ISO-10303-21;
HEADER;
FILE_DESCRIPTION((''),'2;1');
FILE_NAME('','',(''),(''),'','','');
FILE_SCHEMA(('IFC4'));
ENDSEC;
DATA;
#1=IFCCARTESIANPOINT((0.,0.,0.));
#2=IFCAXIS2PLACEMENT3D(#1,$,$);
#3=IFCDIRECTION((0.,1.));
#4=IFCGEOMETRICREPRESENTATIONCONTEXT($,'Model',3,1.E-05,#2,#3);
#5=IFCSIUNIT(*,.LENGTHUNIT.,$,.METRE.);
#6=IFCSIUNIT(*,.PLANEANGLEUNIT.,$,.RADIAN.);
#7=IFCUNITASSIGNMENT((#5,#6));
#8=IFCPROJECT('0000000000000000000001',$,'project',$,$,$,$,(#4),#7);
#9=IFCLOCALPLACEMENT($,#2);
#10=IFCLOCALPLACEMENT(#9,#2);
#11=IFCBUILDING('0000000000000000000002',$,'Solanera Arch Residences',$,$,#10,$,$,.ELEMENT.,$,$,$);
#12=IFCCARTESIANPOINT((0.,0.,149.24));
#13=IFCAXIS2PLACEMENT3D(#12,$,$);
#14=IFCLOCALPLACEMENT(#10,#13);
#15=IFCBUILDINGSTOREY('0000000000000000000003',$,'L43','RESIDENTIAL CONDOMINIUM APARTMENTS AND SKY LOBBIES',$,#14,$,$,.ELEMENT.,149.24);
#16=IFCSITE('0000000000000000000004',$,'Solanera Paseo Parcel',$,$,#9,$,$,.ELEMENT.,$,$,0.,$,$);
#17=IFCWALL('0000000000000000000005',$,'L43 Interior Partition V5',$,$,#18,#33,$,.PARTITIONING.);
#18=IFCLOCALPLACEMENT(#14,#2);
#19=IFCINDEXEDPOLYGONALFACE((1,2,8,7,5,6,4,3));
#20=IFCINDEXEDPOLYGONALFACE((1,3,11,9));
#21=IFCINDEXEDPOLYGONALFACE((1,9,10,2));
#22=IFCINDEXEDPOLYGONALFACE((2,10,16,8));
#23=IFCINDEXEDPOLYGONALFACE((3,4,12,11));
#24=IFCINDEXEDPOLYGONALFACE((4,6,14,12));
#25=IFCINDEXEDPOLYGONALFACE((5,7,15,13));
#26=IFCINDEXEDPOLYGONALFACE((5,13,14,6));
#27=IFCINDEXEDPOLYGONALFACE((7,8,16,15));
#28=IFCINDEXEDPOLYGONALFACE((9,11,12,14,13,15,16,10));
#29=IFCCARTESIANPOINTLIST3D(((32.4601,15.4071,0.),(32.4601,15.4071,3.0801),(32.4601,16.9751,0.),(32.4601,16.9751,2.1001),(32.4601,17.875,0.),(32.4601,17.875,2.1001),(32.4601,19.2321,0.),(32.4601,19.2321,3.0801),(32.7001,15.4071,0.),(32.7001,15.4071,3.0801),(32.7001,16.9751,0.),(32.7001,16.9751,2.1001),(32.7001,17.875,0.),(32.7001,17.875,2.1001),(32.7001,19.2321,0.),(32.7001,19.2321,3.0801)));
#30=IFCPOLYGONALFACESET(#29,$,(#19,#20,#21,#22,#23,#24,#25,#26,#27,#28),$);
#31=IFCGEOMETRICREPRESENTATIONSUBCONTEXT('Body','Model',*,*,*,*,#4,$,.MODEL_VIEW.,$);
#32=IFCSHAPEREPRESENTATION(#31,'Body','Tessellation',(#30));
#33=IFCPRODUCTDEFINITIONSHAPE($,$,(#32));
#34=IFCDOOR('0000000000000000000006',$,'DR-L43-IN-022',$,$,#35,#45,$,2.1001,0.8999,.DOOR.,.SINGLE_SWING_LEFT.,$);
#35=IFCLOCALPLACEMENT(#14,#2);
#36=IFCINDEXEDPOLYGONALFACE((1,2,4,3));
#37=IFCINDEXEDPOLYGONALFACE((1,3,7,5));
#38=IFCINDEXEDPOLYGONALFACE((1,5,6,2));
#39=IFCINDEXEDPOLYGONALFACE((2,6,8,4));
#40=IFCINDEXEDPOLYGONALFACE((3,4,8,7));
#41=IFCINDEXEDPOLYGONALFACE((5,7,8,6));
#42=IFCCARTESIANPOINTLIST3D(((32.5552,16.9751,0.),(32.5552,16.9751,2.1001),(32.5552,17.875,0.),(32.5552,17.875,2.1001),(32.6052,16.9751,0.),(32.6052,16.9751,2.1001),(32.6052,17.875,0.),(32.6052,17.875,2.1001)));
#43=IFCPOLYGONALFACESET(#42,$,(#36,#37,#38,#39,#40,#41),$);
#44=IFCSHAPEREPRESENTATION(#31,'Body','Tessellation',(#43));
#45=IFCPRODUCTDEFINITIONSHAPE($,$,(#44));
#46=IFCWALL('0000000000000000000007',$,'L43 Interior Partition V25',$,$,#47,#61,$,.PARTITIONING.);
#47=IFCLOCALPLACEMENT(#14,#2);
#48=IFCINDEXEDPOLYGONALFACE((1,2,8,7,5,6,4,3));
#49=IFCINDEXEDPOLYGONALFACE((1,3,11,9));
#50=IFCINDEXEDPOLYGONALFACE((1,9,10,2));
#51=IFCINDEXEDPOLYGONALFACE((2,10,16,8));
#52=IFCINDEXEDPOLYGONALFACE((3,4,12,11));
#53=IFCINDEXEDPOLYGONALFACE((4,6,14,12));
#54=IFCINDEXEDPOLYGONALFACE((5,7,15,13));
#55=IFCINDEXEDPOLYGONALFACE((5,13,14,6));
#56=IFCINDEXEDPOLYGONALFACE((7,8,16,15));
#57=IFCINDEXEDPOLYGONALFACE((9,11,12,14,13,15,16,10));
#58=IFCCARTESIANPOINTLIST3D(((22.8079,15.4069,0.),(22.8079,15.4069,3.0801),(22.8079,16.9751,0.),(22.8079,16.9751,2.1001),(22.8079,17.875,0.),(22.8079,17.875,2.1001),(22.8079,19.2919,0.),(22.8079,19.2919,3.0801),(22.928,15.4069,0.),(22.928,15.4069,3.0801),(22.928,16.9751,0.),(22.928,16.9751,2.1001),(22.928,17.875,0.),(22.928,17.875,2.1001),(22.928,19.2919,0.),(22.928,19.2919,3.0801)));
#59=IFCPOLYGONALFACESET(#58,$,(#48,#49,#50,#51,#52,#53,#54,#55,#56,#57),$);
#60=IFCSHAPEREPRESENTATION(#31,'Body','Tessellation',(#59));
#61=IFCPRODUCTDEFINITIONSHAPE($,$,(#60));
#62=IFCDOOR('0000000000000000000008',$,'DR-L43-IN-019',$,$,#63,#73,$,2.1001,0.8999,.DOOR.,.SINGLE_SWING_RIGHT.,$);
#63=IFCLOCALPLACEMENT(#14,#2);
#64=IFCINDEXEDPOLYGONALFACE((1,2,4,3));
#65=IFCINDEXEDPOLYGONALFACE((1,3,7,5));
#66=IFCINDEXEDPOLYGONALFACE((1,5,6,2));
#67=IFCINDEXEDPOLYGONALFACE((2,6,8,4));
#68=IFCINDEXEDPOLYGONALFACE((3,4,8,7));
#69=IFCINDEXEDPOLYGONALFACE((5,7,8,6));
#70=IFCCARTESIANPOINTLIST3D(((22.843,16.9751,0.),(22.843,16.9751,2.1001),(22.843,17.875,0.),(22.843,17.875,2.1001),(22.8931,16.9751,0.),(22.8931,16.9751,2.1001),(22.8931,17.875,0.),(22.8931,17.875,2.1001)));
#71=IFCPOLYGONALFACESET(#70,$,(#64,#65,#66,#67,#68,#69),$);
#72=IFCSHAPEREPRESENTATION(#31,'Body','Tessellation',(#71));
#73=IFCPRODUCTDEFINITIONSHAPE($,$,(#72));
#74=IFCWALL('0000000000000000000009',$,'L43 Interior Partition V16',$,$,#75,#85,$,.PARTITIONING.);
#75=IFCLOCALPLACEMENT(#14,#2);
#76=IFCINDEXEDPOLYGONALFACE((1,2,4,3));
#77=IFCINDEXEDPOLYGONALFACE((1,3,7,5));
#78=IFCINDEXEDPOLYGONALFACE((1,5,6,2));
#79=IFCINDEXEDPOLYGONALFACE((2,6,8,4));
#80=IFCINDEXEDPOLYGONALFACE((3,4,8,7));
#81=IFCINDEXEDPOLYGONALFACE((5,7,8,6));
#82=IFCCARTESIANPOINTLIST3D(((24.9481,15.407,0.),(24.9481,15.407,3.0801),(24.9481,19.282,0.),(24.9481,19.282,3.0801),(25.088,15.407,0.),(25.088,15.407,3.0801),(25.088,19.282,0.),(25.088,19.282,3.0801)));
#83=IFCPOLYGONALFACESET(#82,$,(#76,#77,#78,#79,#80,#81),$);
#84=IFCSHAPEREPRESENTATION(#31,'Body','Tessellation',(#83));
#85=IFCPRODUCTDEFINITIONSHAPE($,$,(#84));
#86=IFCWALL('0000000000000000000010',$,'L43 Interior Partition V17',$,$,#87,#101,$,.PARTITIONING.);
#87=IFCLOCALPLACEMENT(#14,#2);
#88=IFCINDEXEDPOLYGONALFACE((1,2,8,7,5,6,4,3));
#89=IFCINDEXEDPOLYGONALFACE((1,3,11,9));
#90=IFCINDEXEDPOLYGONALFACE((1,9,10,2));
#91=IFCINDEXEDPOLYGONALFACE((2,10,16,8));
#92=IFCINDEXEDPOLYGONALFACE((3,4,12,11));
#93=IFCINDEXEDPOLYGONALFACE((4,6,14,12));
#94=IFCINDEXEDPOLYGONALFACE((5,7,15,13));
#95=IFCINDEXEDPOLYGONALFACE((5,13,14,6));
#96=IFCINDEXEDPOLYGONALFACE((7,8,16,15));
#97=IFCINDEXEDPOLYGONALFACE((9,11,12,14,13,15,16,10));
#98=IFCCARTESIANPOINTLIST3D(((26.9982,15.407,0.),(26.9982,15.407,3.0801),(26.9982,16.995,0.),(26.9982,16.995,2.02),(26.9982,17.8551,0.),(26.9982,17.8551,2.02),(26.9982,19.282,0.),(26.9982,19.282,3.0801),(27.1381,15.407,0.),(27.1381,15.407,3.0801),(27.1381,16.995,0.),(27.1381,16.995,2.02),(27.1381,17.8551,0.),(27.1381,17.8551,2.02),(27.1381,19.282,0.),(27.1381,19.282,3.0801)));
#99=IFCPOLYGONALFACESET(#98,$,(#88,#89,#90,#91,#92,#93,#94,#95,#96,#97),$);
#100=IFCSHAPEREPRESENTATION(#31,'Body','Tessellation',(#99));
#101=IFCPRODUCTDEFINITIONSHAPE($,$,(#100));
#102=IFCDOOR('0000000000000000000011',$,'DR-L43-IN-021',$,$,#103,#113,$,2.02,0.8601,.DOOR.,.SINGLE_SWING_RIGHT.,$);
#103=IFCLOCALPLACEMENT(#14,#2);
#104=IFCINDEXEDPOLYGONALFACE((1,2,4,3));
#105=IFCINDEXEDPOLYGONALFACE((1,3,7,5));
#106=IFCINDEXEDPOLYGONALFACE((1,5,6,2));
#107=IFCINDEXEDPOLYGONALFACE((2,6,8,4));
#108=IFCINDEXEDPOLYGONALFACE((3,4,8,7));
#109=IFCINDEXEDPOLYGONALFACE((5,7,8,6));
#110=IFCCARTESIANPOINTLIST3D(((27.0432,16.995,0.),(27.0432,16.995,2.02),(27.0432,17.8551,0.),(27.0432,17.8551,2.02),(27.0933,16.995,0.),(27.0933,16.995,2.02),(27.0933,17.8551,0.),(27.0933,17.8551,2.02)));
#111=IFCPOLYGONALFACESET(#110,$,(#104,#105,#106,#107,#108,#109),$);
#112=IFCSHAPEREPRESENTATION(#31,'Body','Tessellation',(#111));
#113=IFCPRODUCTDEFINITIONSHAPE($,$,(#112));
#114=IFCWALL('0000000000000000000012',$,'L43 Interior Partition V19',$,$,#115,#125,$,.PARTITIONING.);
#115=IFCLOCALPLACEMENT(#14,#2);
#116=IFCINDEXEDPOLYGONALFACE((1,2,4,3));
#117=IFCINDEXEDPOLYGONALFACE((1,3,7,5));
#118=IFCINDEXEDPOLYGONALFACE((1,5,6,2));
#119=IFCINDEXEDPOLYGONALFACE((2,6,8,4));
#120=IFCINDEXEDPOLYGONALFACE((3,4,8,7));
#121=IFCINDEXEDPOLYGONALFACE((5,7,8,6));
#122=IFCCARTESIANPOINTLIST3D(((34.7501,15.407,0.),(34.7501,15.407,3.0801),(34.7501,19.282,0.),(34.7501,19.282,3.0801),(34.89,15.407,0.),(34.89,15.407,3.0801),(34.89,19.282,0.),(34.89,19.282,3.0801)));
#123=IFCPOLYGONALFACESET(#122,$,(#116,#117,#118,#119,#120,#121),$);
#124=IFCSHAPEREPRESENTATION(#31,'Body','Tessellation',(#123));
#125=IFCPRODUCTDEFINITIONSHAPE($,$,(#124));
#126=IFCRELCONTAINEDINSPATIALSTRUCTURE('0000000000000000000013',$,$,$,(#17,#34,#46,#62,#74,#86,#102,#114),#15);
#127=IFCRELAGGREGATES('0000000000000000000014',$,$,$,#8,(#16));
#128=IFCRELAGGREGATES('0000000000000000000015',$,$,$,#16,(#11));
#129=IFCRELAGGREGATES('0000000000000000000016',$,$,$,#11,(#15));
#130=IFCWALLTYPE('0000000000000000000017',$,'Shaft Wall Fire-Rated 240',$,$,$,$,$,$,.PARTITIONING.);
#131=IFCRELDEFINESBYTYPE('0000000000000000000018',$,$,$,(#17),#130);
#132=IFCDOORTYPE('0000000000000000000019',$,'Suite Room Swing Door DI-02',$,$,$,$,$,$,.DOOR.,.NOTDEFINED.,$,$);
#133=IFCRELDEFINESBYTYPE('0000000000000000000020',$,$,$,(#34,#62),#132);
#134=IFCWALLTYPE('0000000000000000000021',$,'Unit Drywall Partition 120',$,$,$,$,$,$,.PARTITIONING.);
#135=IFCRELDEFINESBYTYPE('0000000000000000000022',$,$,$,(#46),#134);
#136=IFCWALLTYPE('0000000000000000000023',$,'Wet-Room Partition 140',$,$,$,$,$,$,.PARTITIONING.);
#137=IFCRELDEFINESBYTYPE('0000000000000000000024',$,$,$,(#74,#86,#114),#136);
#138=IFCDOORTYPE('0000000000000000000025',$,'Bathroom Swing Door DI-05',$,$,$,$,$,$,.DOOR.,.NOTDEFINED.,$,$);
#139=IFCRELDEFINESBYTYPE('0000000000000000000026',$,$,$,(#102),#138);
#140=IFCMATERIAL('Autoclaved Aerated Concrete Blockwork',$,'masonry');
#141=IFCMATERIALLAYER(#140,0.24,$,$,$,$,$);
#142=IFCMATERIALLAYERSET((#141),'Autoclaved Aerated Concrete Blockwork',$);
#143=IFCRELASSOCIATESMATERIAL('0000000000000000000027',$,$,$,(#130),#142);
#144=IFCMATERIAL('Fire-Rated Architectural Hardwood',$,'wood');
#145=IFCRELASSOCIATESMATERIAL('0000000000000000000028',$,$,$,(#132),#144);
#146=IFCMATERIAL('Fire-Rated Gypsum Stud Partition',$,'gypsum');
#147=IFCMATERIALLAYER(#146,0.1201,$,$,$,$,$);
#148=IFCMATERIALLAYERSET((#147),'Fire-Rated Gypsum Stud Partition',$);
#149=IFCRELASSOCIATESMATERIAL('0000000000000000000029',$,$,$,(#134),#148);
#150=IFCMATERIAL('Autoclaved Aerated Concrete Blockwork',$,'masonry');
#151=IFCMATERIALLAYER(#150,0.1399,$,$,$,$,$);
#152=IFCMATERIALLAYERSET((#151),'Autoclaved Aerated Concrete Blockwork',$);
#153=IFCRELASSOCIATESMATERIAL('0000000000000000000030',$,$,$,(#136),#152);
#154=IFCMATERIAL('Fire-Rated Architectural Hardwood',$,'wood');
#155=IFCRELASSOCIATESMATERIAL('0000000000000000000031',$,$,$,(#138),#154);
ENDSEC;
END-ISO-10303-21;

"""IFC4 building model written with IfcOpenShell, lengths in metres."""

from ifc_helpers import new_model, si_unit, direction, frame, frame_2d, origin, place, context, subcontext, project, spatial, rectangle, extrude, material, layer, layer_set, type_object, element, fill, save


model = new_model("IFC4")

# Units and contexts
model_context = context("Model", 3, precision=1e-05, world=origin(), true_north=direction((0.0, 1.0)))
body_context = subcontext(model_context, "Body", "Model", "MODEL_VIEW")
ifc_project = project(units=[si_unit("LENGTHUNIT", "METRE"), si_unit("PLANEANGLEUNIT", "RADIAN")], contexts=[model_context])

# Site, building, storey
site_placement = place(None, origin())
site = spatial("IfcSite", under=ifc_project, at=site_placement, Name="Solanera Paseo Parcel", CompositionType="ELEMENT", RefElevation=0.0)
building_placement = place(site_placement, origin())
building = spatial("IfcBuilding", under=site, at=building_placement, Name="Solanera Arch Residences", CompositionType="ELEMENT")
storey_placement = place(building_placement, frame((0.0, 0.0, 149.24)))
storey = spatial("IfcBuildingStorey", under=building, at=storey_placement, Name="L43", Description="RESIDENTIAL CONDOMINIUM APARTMENTS AND SKY LOBBIES", CompositionType="ELEMENT", Elevation=149.24)

# Walls, openings, doors
ifc_material_1 = material(Name="Autoclaved Aerated Concrete Blockwork", Category="masonry")
ifc_layer_1 = layer(ifc_material_1, 0.24)
ifc_layer_set_1 = layer_set([ifc_layer_1], Name="Autoclaved Aerated Concrete Blockwork")
wall_type_1 = type_object("IfcWallType", Name="Shaft Wall Fire-Rated 240", PredefinedType="PARTITIONING", material=ifc_layer_set_1)
wall_1_placement = place(storey_placement, frame((32.5801, 15.407, 0.0), z_axis=(0.0, 0.0, 1.0), x_axis=(0.0, 1.0, 0.0)))
wall_1 = element("IfcWall", 1, at=wall_1_placement, inside=storey, type_object=wall_type_1, Name="L43 Interior Partition V5", PredefinedType="PARTITIONING", context=body_context, shape_type="SweptSolid", body=[
    extrude(rectangle(XDim=3.825, YDim=0.24, at=frame_2d((1.9126, 0.0))), origin(), (0.0, 0.0, 1.0), 3.0801),
])
opening_1_placement = place(wall_1_placement, frame((1.5681, 0.0, 0.0)))
opening_1 = element("IfcOpeningElement", 2, at=opening_1_placement, cuts=wall_1, PredefinedType="OPENING", context=body_context, shape_type="SweptSolid", body=[
    extrude(rectangle(XDim=0.8999, YDim=2.1001, at=frame_2d((0.45, 1.05))), frame((0.0, 0.1299, 0.0), z_axis=(0.0, -1.0, 0.0), x_axis=(1.0, 0.0, 0.0)), (0.0, 0.0, 1.0), 0.26),
])
ifc_material_2 = material(Name="Fire-Rated Architectural Hardwood", Category="wood")
door_type_1 = type_object("IfcDoorType", Name="Suite Room Swing Door DI-02", OperationType="NOTDEFINED", PredefinedType="DOOR", material=ifc_material_2)
door_1_placement = place(opening_1_placement, origin())
door_1 = element("IfcDoor", 3, at=door_1_placement, inside=storey, type_object=door_type_1, Name="DR-L43-IN-022", OperationType="SINGLE_SWING_LEFT", OverallHeight=2.1001, OverallWidth=0.8999, PredefinedType="DOOR", context=body_context, shape_type="SweptSolid", body=[
    extrude(rectangle(XDim=0.8999, YDim=2.1001, at=frame_2d((0.45, 1.05))), frame((0.0, 0.0249, 0.0), z_axis=(0.0, -1.0, 0.0), x_axis=(1.0, 0.0, 0.0)), (0.0, 0.0, 1.0), 0.05),
])
fill(opening_1, door_1)
ifc_material_3 = material(Name="Fire-Rated Gypsum Stud Partition", Category="gypsum")
ifc_layer_2 = layer(ifc_material_3, 0.1201)
ifc_layer_set_2 = layer_set([ifc_layer_2], Name="Fire-Rated Gypsum Stud Partition")
wall_type_2 = type_object("IfcWallType", Name="Unit Drywall Partition 120", PredefinedType="PARTITIONING", material=ifc_layer_set_2)
wall_2_placement = place(storey_placement, frame((22.8679, 15.407, 0.0), z_axis=(0.0, 0.0, 1.0), x_axis=(0.0, 1.0, 0.0)))
wall_2 = element("IfcWall", 4, at=wall_2_placement, inside=storey, type_object=wall_type_2, Name="L43 Interior Partition V25", PredefinedType="PARTITIONING", context=body_context, shape_type="SweptSolid", body=[
    extrude(rectangle(XDim=3.885, YDim=0.1201, at=frame_2d((1.9424, 0.0))), origin(), (0.0, 0.0, 1.0), 3.0801),
])
opening_2_placement = place(wall_2_placement, frame((1.5681, 0.0, 0.0)))
opening_2 = element("IfcOpeningElement", 5, at=opening_2_placement, cuts=wall_2, PredefinedType="OPENING", context=body_context, shape_type="SweptSolid", body=[
    extrude(rectangle(XDim=0.8999, YDim=2.1001, at=frame_2d((0.45, 1.05))), frame((0.0, 0.0701, 0.0), z_axis=(0.0, -1.0, 0.0), x_axis=(1.0, 0.0, 0.0)), (0.0, 0.0, 1.0), 0.1401),
])
door_2_placement = place(opening_2_placement, origin())
door_2 = element("IfcDoor", 6, at=door_2_placement, inside=storey, type_object=door_type_1, Name="DR-L43-IN-019", OperationType="SINGLE_SWING_RIGHT", OverallHeight=2.1001, OverallWidth=0.8999, PredefinedType="DOOR", context=body_context, shape_type="SweptSolid", body=[
    extrude(rectangle(XDim=0.8999, YDim=2.1001, at=frame_2d((0.45, 1.05))), frame((0.0, 0.0249, 0.0), z_axis=(0.0, -1.0, 0.0), x_axis=(1.0, 0.0, 0.0)), (0.0, 0.0, 1.0), 0.05),
])
fill(opening_2, door_2)

# Wall
ifc_material_4 = material(Name="Autoclaved Aerated Concrete Blockwork", Category="masonry")
ifc_layer_3 = layer(ifc_material_4, 0.1399)
ifc_layer_set_3 = layer_set([ifc_layer_3], Name="Autoclaved Aerated Concrete Blockwork")
wall_type_3 = type_object("IfcWallType", Name="Wet-Room Partition 140", PredefinedType="PARTITIONING", material=ifc_layer_set_3)
wall_3_placement = place(storey_placement, frame((25.0181, 15.407, 0.0), z_axis=(0.0, 0.0, 1.0), x_axis=(0.0, 1.0, 0.0)))
element("IfcWall", 7, at=wall_3_placement, inside=storey, type_object=wall_type_3, Name="L43 Interior Partition V16", PredefinedType="PARTITIONING", context=body_context, shape_type="SweptSolid", body=[
    extrude(rectangle(XDim=3.875, YDim=0.1399, at=frame_2d((1.9375, 0.0))), origin(), (0.0, 0.0, 1.0), 3.0801),
])

# Wall, opening, door
wall_4_placement = place(storey_placement, frame((27.0681, 15.407, 0.0), z_axis=(0.0, 0.0, 1.0), x_axis=(0.0, 1.0, 0.0)))
wall_4 = element("IfcWall", 8, at=wall_4_placement, inside=storey, type_object=wall_type_3, Name="L43 Interior Partition V17", PredefinedType="PARTITIONING", context=body_context, shape_type="SweptSolid", body=[
    extrude(rectangle(XDim=3.875, YDim=0.1399, at=frame_2d((1.9375, 0.0))), origin(), (0.0, 0.0, 1.0), 3.0801),
])
opening_3_placement = place(wall_4_placement, frame((1.5879, 0.0, 0.0)))
opening_3 = element("IfcOpeningElement", 9, at=opening_3_placement, cuts=wall_4, PredefinedType="OPENING", context=body_context, shape_type="SweptSolid", body=[
    extrude(rectangle(XDim=0.8601, YDim=2.02, at=frame_2d((0.4302, 1.01))), frame((0.0, 0.0798, 0.0), z_axis=(0.0, -1.0, 0.0), x_axis=(1.0, 0.0, 0.0)), (0.0, 0.0, 1.0), 0.1599),
])
ifc_material_5 = material(Name="Fire-Rated Architectural Hardwood", Category="wood")
door_type_2 = type_object("IfcDoorType", Name="Bathroom Swing Door DI-05", OperationType="NOTDEFINED", PredefinedType="DOOR", material=ifc_material_5)
door_3_placement = place(opening_3_placement, origin())
door_3 = element("IfcDoor", 10, at=door_3_placement, inside=storey, type_object=door_type_2, Name="DR-L43-IN-021", OperationType="SINGLE_SWING_RIGHT", OverallHeight=2.02, OverallWidth=0.8601, PredefinedType="DOOR", context=body_context, shape_type="SweptSolid", body=[
    extrude(rectangle(XDim=0.8601, YDim=2.02, at=frame_2d((0.4302, 1.01))), frame((0.0, 0.0249, 0.0), z_axis=(0.0, -1.0, 0.0), x_axis=(1.0, 0.0, 0.0)), (0.0, 0.0, 1.0), 0.05),
])
fill(opening_3, door_3)

# Wall
wall_5_placement = place(storey_placement, frame((34.8201, 15.407, 0.0), z_axis=(0.0, 0.0, 1.0), x_axis=(0.0, 1.0, 0.0)))
element("IfcWall", 11, at=wall_5_placement, inside=storey, type_object=wall_type_3, Name="L43 Interior Partition V19", PredefinedType="PARTITIONING", context=body_context, shape_type="SweptSolid", body=[
    extrude(rectangle(XDim=3.875, YDim=0.1399, at=frame_2d((1.9375, 0.0))), origin(), (0.0, 0.0, 1.0), 3.0801),
])

save(model, "model.ifc")
